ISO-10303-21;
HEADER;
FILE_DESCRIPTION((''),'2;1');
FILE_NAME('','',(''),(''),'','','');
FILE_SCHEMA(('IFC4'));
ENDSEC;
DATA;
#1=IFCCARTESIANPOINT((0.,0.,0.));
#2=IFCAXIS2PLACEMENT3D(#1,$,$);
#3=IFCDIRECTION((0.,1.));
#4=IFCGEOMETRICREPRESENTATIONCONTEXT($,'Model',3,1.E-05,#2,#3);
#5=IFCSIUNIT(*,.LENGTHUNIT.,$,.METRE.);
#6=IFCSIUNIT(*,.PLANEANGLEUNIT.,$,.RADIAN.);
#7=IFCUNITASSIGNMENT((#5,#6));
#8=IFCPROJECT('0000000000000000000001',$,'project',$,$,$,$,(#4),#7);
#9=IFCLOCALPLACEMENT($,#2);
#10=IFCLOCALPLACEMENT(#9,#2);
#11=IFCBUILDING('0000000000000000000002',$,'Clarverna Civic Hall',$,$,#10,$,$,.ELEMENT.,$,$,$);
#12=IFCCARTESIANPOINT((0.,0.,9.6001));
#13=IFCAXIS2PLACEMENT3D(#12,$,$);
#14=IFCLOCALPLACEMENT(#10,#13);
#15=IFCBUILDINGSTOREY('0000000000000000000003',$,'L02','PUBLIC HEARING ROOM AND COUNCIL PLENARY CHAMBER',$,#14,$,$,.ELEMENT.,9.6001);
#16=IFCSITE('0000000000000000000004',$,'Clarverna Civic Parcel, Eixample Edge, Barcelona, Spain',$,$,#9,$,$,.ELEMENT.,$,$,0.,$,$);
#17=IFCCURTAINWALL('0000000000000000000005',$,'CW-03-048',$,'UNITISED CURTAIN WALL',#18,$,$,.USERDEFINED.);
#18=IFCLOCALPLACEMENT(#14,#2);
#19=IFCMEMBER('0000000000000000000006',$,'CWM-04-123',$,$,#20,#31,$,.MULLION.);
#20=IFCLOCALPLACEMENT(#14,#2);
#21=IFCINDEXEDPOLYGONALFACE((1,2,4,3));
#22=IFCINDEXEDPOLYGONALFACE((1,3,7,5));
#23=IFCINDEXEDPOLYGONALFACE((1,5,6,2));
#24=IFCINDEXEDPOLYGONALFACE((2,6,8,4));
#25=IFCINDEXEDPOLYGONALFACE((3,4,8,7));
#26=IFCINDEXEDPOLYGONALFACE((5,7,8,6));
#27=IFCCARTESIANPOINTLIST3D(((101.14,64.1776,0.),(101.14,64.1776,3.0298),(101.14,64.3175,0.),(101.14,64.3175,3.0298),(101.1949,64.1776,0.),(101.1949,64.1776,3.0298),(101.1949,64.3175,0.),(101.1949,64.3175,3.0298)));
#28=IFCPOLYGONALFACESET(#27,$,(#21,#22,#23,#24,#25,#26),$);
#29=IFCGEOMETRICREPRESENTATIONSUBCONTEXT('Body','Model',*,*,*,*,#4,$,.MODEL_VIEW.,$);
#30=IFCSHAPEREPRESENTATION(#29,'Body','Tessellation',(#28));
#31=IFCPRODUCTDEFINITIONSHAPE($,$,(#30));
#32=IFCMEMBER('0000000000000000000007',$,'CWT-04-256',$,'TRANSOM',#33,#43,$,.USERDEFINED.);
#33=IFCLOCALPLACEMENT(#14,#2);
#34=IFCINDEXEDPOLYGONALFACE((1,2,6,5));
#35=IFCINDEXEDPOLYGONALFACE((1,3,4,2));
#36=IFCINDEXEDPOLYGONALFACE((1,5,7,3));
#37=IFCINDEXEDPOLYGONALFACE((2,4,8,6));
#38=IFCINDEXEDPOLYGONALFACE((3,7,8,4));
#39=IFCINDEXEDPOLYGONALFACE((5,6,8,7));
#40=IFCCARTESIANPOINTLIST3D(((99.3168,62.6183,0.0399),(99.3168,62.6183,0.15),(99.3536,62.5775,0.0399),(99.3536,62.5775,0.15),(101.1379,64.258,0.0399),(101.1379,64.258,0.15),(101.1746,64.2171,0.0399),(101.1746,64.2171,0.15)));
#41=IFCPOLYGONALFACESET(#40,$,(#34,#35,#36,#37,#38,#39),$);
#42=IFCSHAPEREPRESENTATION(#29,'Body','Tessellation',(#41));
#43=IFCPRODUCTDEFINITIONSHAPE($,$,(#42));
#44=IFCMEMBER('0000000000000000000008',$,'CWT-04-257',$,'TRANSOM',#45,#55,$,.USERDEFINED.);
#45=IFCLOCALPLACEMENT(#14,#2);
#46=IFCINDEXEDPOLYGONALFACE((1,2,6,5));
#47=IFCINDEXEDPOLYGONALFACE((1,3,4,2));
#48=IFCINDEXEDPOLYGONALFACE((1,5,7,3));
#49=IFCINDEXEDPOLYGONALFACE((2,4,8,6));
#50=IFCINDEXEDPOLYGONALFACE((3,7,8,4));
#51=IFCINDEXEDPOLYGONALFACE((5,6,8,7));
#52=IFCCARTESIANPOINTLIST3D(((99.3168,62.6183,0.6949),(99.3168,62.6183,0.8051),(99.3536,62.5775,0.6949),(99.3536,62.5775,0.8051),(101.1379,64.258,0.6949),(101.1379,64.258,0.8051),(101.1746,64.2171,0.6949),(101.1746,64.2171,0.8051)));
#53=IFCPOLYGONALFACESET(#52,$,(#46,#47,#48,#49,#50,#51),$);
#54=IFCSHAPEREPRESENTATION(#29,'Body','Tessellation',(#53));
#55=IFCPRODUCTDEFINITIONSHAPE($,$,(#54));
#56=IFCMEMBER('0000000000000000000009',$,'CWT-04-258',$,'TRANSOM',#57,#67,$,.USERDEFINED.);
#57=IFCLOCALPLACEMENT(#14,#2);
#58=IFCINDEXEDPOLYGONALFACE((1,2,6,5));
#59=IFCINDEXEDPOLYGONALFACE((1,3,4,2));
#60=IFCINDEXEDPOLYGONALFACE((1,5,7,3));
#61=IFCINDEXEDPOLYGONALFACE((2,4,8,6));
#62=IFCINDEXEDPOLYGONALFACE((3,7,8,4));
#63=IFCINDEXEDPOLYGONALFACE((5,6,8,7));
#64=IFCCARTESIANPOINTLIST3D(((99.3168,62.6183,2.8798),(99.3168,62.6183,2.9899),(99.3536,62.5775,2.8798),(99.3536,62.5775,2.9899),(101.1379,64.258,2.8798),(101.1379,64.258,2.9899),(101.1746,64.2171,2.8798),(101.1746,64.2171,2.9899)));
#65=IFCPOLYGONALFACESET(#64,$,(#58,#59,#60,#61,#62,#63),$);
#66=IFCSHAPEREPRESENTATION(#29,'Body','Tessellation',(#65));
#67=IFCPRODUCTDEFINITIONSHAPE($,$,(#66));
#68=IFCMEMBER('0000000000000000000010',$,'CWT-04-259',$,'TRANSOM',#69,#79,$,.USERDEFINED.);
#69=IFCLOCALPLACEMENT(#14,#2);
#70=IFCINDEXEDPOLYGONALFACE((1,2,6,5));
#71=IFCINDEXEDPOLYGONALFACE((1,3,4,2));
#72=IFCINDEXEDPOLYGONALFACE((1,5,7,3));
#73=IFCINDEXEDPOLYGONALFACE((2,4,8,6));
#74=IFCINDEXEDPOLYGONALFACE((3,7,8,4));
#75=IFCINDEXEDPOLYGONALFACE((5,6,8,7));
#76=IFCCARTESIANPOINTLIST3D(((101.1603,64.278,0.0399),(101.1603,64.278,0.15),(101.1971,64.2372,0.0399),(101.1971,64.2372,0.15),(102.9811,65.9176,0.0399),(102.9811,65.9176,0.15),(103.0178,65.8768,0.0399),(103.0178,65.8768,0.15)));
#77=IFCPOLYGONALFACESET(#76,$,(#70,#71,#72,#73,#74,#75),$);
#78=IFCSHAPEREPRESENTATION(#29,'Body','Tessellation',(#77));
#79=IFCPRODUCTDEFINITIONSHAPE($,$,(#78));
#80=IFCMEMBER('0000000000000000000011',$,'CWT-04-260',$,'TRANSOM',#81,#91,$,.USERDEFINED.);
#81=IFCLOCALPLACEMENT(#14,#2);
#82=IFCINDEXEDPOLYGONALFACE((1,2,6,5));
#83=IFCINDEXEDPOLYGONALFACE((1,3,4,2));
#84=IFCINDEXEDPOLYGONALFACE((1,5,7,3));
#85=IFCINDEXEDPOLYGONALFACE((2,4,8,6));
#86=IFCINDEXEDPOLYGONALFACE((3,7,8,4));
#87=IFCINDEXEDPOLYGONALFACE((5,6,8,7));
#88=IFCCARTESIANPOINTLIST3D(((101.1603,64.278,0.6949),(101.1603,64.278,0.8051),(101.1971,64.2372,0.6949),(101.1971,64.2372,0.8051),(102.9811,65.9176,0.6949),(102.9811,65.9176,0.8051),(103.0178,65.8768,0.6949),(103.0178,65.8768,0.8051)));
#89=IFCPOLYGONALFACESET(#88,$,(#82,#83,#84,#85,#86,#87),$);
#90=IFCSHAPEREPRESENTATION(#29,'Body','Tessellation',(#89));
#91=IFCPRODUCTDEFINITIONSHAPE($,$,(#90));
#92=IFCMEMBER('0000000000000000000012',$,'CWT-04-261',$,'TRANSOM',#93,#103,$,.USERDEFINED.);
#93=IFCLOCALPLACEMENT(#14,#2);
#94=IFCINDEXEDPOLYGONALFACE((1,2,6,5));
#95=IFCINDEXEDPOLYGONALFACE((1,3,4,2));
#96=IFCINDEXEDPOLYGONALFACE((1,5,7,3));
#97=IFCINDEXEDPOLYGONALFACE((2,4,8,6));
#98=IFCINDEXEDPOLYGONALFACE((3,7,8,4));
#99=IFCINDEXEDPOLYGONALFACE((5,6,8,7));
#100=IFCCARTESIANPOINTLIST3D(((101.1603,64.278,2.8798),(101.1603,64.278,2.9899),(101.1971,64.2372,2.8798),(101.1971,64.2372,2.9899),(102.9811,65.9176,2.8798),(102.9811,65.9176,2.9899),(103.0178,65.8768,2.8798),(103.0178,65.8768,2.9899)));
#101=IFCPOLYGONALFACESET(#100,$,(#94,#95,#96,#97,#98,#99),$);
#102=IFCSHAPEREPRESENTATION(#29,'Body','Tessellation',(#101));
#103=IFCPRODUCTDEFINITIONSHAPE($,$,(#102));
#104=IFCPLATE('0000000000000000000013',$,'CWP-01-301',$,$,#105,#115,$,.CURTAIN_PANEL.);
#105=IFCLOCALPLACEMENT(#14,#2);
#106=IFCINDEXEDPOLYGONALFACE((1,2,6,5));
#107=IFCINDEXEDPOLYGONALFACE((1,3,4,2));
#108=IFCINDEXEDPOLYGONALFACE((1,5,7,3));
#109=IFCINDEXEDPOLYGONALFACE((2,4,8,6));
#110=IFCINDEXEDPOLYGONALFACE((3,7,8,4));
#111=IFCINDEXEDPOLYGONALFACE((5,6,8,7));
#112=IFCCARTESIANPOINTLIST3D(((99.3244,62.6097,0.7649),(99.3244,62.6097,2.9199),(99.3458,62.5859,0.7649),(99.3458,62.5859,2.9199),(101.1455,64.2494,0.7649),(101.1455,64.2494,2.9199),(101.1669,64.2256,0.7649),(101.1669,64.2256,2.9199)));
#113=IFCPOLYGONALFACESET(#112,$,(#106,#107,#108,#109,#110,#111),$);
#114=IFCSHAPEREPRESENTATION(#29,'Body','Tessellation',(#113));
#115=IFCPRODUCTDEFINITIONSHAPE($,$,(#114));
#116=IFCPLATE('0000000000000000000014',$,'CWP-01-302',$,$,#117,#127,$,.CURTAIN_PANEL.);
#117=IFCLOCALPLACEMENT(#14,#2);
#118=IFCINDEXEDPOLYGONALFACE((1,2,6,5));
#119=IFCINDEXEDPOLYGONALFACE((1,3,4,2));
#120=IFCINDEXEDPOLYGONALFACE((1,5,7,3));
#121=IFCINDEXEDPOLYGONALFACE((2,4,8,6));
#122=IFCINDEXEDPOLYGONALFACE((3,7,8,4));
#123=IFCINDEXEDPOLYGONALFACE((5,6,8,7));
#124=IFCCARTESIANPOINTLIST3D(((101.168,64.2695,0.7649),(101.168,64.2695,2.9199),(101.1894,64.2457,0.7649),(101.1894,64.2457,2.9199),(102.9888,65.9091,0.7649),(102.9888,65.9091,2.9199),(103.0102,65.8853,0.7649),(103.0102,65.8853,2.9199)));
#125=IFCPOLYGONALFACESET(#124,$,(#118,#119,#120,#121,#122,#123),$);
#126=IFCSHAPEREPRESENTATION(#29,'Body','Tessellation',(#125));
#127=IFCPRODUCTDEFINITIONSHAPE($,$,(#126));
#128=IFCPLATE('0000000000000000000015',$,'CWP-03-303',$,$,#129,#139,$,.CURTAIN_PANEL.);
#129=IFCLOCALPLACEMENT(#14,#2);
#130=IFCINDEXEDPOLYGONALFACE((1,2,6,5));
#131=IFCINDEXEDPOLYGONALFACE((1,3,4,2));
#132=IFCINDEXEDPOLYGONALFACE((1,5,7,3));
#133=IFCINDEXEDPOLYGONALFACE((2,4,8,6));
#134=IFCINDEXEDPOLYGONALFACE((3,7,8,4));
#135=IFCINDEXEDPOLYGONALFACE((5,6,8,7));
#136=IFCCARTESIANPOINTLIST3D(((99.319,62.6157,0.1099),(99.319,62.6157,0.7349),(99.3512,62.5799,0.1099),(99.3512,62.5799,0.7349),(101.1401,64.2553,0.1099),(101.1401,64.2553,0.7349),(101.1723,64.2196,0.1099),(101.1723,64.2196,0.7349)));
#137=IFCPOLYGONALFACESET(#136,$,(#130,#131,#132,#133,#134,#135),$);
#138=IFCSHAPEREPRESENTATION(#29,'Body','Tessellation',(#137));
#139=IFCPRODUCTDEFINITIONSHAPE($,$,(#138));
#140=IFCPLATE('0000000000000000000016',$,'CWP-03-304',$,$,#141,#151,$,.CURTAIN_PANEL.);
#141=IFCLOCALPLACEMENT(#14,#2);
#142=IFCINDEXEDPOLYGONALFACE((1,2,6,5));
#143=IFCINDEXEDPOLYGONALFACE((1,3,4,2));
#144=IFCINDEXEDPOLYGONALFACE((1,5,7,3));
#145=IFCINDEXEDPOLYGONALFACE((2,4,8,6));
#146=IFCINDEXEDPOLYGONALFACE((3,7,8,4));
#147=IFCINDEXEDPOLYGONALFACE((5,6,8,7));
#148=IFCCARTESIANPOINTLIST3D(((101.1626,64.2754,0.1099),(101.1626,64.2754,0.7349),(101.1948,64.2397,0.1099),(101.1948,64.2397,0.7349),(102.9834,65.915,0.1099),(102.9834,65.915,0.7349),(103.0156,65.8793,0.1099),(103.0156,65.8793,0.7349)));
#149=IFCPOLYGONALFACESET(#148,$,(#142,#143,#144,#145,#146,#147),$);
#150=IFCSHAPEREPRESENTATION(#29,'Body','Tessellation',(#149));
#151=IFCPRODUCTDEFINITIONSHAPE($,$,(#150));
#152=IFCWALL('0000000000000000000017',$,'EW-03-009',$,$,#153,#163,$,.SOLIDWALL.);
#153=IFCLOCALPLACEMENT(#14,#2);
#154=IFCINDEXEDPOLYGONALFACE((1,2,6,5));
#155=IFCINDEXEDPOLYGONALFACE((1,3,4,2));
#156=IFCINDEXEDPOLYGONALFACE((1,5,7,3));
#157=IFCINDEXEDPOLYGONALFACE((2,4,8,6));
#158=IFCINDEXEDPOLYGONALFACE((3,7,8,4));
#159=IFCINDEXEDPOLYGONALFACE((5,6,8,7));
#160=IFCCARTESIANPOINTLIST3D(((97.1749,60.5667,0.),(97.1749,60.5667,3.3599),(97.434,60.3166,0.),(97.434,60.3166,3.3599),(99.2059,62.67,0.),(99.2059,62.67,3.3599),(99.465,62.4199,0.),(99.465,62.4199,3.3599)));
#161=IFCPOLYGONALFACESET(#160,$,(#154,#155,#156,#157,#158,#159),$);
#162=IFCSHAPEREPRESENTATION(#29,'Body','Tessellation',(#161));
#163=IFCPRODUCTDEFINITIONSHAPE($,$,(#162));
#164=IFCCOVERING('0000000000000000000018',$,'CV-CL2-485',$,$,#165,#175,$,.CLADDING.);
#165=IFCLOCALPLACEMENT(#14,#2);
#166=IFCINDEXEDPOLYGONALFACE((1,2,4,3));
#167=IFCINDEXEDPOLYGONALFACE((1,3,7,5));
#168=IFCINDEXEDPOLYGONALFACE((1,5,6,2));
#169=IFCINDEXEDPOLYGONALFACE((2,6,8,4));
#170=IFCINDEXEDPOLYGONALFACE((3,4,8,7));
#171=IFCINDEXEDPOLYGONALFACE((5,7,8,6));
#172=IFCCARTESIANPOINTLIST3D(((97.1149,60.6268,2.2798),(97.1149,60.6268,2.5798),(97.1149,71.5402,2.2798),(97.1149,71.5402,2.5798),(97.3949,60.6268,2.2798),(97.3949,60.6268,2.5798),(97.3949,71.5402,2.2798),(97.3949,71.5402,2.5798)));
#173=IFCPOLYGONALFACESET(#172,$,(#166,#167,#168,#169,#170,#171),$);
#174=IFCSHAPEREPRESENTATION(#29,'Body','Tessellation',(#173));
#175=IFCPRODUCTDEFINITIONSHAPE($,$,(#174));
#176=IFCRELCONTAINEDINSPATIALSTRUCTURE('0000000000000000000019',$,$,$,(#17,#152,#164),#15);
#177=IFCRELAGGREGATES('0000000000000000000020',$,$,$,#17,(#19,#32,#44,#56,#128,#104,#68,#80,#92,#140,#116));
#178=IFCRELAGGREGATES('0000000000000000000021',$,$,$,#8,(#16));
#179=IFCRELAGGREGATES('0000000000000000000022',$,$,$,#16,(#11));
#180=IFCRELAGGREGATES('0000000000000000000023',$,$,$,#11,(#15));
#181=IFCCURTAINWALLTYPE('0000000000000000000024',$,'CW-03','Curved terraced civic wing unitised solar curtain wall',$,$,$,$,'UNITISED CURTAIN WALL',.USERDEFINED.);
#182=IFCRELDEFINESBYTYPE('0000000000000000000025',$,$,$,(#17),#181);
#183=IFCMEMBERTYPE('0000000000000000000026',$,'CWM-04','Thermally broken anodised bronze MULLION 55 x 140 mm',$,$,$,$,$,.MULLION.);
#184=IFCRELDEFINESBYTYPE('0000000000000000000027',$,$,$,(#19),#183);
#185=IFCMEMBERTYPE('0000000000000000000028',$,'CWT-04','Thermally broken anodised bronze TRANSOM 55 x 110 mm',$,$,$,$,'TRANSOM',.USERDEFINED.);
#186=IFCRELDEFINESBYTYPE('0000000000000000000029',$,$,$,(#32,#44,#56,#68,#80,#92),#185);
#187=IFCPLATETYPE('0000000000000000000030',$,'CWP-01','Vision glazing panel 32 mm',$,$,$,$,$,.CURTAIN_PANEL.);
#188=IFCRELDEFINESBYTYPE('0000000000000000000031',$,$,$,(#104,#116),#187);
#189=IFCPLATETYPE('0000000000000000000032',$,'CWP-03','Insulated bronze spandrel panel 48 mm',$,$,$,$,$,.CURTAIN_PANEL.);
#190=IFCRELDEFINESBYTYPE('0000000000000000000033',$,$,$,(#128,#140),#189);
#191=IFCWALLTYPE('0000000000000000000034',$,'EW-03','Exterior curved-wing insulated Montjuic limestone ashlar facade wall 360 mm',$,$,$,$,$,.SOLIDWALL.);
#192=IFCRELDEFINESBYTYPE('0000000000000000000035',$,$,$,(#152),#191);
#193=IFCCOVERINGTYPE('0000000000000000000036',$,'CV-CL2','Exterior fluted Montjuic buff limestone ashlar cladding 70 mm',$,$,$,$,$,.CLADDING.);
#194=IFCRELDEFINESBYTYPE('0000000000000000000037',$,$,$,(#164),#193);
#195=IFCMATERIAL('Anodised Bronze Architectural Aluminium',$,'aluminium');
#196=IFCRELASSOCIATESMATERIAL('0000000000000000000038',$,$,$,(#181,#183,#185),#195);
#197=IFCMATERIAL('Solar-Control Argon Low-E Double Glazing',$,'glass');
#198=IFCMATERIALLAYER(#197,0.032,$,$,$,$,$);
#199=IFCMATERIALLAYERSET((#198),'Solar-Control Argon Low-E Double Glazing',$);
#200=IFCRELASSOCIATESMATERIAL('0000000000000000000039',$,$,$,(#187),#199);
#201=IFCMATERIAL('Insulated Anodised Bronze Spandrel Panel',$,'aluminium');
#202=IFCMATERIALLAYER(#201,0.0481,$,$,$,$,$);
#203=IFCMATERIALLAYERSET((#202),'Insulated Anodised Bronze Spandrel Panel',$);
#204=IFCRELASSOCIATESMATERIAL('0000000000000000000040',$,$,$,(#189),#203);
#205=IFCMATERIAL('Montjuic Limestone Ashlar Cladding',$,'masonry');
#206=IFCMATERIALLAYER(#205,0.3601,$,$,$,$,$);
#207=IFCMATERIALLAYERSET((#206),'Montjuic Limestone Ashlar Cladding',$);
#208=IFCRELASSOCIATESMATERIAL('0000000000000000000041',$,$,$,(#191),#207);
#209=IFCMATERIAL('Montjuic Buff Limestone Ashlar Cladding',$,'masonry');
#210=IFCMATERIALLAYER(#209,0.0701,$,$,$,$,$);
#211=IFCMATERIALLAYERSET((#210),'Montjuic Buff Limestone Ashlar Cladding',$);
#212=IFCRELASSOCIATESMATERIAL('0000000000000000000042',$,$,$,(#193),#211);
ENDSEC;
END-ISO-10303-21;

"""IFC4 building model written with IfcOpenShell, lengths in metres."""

from ifc_helpers import new_model, si_unit, direction, frame, frame_2d, origin, origin_2d, place, context, subcontext, project, spatial, rectangle, extrude, material, layer, layer_set, material_profile, profile_set, type_object, element, aggregate, save


model = new_model("IFC4")

# Units and contexts
model_context = context("Model", 3, precision=1e-05, world=origin(), true_north=direction((0.0, 1.0)))
body_context = subcontext(model_context, "Body", "Model", "MODEL_VIEW")
ifc_project = project(units=[si_unit("LENGTHUNIT", "METRE"), si_unit("PLANEANGLEUNIT", "RADIAN")], contexts=[model_context])

# Site, building, storey
site_placement = place(None, origin())
site = spatial("IfcSite", under=ifc_project, at=site_placement, Name="Clarverna Civic Parcel, Eixample Edge, Barcelona, Spain", CompositionType="ELEMENT", RefElevation=0.0)
building_placement = place(site_placement, origin())
building = spatial("IfcBuilding", under=site, at=building_placement, Name="Clarverna Civic Hall", CompositionType="ELEMENT")
storey_placement = place(building_placement, frame((0.0, 0.0, 9.6001)))
storey = spatial("IfcBuildingStorey", under=building, at=storey_placement, Name="L02", Description="PUBLIC HEARING ROOM AND COUNCIL PLENARY CHAMBER", CompositionType="ELEMENT", Elevation=9.6001)

# Curtain wall, members, plates
ifc_material_1 = material(Name="Anodised Bronze Architectural Aluminium", Category="aluminium")
curtain_wall_type = type_object("IfcCurtainWallType", Name="CW-03", Description="Curved terraced civic wing unitised solar curtain wall", ElementType="UNITISED CURTAIN WALL", PredefinedType="USERDEFINED", material=ifc_material_1)
curtain_wall_placement = place(storey_placement, origin())
curtain_wall = element("IfcCurtainWall", 1, at=curtain_wall_placement, inside=storey, type_object=curtain_wall_type, Name="CW-03-048", ObjectType="UNITISED CURTAIN WALL", PredefinedType="USERDEFINED")
ifc_material_profile_1 = material_profile(ifc_material_1, rectangle(XDim=0.0549, YDim=0.1399, at=origin_2d()), Name="BRONZE 55x140")
ifc_profile_set_1 = profile_set([ifc_material_profile_1], Name="Anodised Bronze Architectural Aluminium")
member_type_1 = type_object("IfcMemberType", Name="CWM-04", Description="Thermally broken anodised bronze MULLION 55 x 140 mm", PredefinedType="MULLION", material=ifc_profile_set_1)
member_1_placement = place(storey_placement, frame((101.1675, 64.2476, 0.0), z_axis=(0.0, 0.0, 1.0), x_axis=(1.0, 0.0, 0.0)))
member_1 = element("IfcMember", 2, at=member_1_placement, type_object=member_type_1, Name="CWM-04-123", PredefinedType="MULLION", context=body_context, shape_type="SweptSolid", body=[
    extrude(rectangle(XDim=0.0549, YDim=0.1399, at=origin_2d()), origin(), (0.0, 0.0, 1.0), 3.0298),
])
ifc_material_profile_2 = material_profile(ifc_material_1, rectangle(XDim=0.0549, YDim=0.1101, at=origin_2d()), Name="BRONZE 55x110")
ifc_profile_set_2 = profile_set([ifc_material_profile_2], Name="Anodised Bronze Architectural Aluminium")
member_type_2 = type_object("IfcMemberType", Name="CWT-04", Description="Thermally broken anodised bronze TRANSOM 55 x 110 mm", ElementType="TRANSOM", PredefinedType="USERDEFINED", material=ifc_profile_set_2)
member_2_placement = place(storey_placement, frame((99.3352, 62.5979, 0.095), z_axis=(0.74315, 0.669124, 0.0), x_axis=(-0.669124, 0.74315, 0.0)))
member_2 = element("IfcMember", 3, at=member_2_placement, type_object=member_type_2, Name="CWT-04-256", ObjectType="TRANSOM", PredefinedType="USERDEFINED", context=body_context, shape_type="SweptSolid", body=[
    extrude(rectangle(XDim=0.0549, YDim=0.1101, at=origin_2d()), origin(), (0.0, 0.0, 1.0), 2.4504),
])
member_3_placement = place(storey_placement, frame((99.3352, 62.5979, 0.75), z_axis=(0.74315, 0.669124, 0.0), x_axis=(-0.669124, 0.74315, 0.0)))
member_3 = element("IfcMember", 4, at=member_3_placement, type_object=member_type_2, Name="CWT-04-257", ObjectType="TRANSOM", PredefinedType="USERDEFINED", context=body_context, shape_type="SweptSolid", body=[
    extrude(rectangle(XDim=0.0549, YDim=0.1101, at=origin_2d()), origin(), (0.0, 0.0, 1.0), 2.4504),
])
member_4_placement = place(storey_placement, frame((99.3352, 62.5979, 2.9348), z_axis=(0.74315, 0.669124, 0.0), x_axis=(-0.669124, 0.74315, 0.0)))
member_4 = element("IfcMember", 5, at=member_4_placement, type_object=member_type_2, Name="CWT-04-258", ObjectType="TRANSOM", PredefinedType="USERDEFINED", context=body_context, shape_type="SweptSolid", body=[
    extrude(rectangle(XDim=0.0549, YDim=0.1101, at=origin_2d()), origin(), (0.0, 0.0, 1.0), 2.4504),
])
member_5_placement = place(storey_placement, frame((101.1787, 64.2576, 0.095), z_axis=(0.743106, 0.669174, 0.0), x_axis=(-0.669174, 0.743106, 0.0)))
member_5 = element("IfcMember", 6, at=member_5_placement, type_object=member_type_2, Name="CWT-04-259", ObjectType="TRANSOM", PredefinedType="USERDEFINED", context=body_context, shape_type="SweptSolid", body=[
    extrude(rectangle(XDim=0.0549, YDim=0.1101, at=origin_2d()), origin(), (0.0, 0.0, 1.0), 2.4502),
])
member_6_placement = place(storey_placement, frame((101.1787, 64.2576, 0.75), z_axis=(0.743106, 0.669174, 0.0), x_axis=(-0.669174, 0.743106, 0.0)))
member_6 = element("IfcMember", 7, at=member_6_placement, type_object=member_type_2, Name="CWT-04-260", ObjectType="TRANSOM", PredefinedType="USERDEFINED", context=body_context, shape_type="SweptSolid", body=[
    extrude(rectangle(XDim=0.0549, YDim=0.1101, at=origin_2d()), origin(), (0.0, 0.0, 1.0), 2.4502),
])
member_7_placement = place(storey_placement, frame((101.1787, 64.2576, 2.9348), z_axis=(0.743106, 0.669174, 0.0), x_axis=(-0.669174, 0.743106, 0.0)))
member_7 = element("IfcMember", 8, at=member_7_placement, type_object=member_type_2, Name="CWT-04-261", ObjectType="TRANSOM", PredefinedType="USERDEFINED", context=body_context, shape_type="SweptSolid", body=[
    extrude(rectangle(XDim=0.0549, YDim=0.1101, at=origin_2d()), origin(), (0.0, 0.0, 1.0), 2.4502),
])
ifc_material_2 = material(Name="Solar-Control Argon Low-E Double Glazing", Category="glass")
ifc_layer_1 = layer(ifc_material_2, 0.032)
ifc_layer_set_1 = layer_set([ifc_layer_1], Name="Solar-Control Argon Low-E Double Glazing")
plate_type_1 = type_object("IfcPlateType", Name="CWP-01", Description="Vision glazing panel 32 mm", PredefinedType="CURTAIN_PANEL", material=ifc_layer_set_1)
plate_1_placement = place(storey_placement, frame((99.3352, 62.5979, 0.7649), z_axis=(0.0, 0.0, 1.0), x_axis=(0.74315, 0.669124, 0.0)))
plate_1 = element("IfcPlate", 9, at=plate_1_placement, type_object=plate_type_1, Name="CWP-01-301", PredefinedType="CURTAIN_PANEL", context=body_context, shape_type="SweptSolid", body=[
    extrude(rectangle(XDim=2.4504, YDim=0.032, at=frame_2d((1.2251, 0.0))), origin(), (0.0, 0.0, 1.0), 2.155),
])
plate_2_placement = place(storey_placement, frame((101.1787, 64.2576, 0.7649), z_axis=(0.0, 0.0, 1.0), x_axis=(0.743106, 0.669174, 0.0)))
plate_2 = element("IfcPlate", 10, at=plate_2_placement, type_object=plate_type_1, Name="CWP-01-302", PredefinedType="CURTAIN_PANEL", context=body_context, shape_type="SweptSolid", body=[
    extrude(rectangle(XDim=2.4502, YDim=0.032, at=frame_2d((1.2251, 0.0))), origin(), (0.0, 0.0, 1.0), 2.155),
])
ifc_material_3 = material(Name="Insulated Anodised Bronze Spandrel Panel", Category="aluminium")
ifc_layer_2 = layer(ifc_material_3, 0.0481)
ifc_layer_set_2 = layer_set([ifc_layer_2], Name="Insulated Anodised Bronze Spandrel Panel")
plate_type_2 = type_object("IfcPlateType", Name="CWP-03", Description="Insulated bronze spandrel panel 48 mm", PredefinedType="CURTAIN_PANEL", material=ifc_layer_set_2)
plate_3_placement = place(storey_placement, frame((99.3352, 62.5979, 0.1099), z_axis=(0.0, 0.0, 1.0), x_axis=(0.74315, 0.669124, 0.0)))
plate_3 = element("IfcPlate", 11, at=plate_3_placement, type_object=plate_type_2, Name="CWP-03-303", PredefinedType="CURTAIN_PANEL", context=body_context, shape_type="SweptSolid", body=[
    extrude(rectangle(XDim=2.4504, YDim=0.0481, at=frame_2d((1.2251, 0.0))), origin(), (0.0, 0.0, 1.0), 0.625),
])
plate_4_placement = place(storey_placement, frame((101.1787, 64.2576, 0.1099), z_axis=(0.0, 0.0, 1.0), x_axis=(0.743106, 0.669174, 0.0)))
plate_4 = element("IfcPlate", 12, at=plate_4_placement, type_object=plate_type_2, Name="CWP-03-304", PredefinedType="CURTAIN_PANEL", context=body_context, shape_type="SweptSolid", body=[
    extrude(rectangle(XDim=2.4502, YDim=0.0481, at=frame_2d((1.2251, 0.0))), origin(), (0.0, 0.0, 1.0), 0.625),
])
aggregate(curtain_wall, [member_1, member_2, member_3, member_4, plate_3, plate_1, member_5, member_6, member_7, plate_4, plate_2])

# Wall
ifc_material_4 = material(Name="Montjuic Limestone Ashlar Cladding", Category="masonry")
ifc_layer_3 = layer(ifc_material_4, 0.3601)
ifc_layer_set_3 = layer_set([ifc_layer_3], Name="Montjuic Limestone Ashlar Cladding")
wall_type = type_object("IfcWallType", Name="EW-03", Description="Exterior curved-wing insulated Montjuic limestone ashlar facade wall 360 mm", PredefinedType="SOLIDWALL", material=ifc_layer_set_3)
wall_placement = place(storey_placement, frame((97.3044, 60.4417, 0.0), z_axis=(0.0, 0.0, 1.0), x_axis=(0.694641, 0.719357, 0.0)))
element("IfcWall", 13, at=wall_placement, inside=storey, type_object=wall_type, Name="EW-03-009", PredefinedType="SOLIDWALL", context=body_context, shape_type="SweptSolid", body=[
    extrude(rectangle(XDim=2.9238, YDim=0.3601, at=frame_2d((1.4619, 0.0))), origin(), (0.0, 0.0, 1.0), 3.3599),
])

# Covering
ifc_material_5 = material(Name="Montjuic Buff Limestone Ashlar Cladding", Category="masonry")
ifc_layer_4 = layer(ifc_material_5, 0.0701)
ifc_layer_set_4 = layer_set([ifc_layer_4], Name="Montjuic Buff Limestone Ashlar Cladding")
covering_type = type_object("IfcCoveringType", Name="CV-CL2", Description="Exterior fluted Montjuic buff limestone ashlar cladding 70 mm", PredefinedType="CLADDING", material=ifc_layer_set_4)
covering_placement = place(storey_placement, frame((97.2549, 71.54, 2.2798), z_axis=(0.0, 0.0, 1.0), x_axis=(0.0, -1.0, 0.0)))
element("IfcCovering", 14, at=covering_placement, inside=storey, type_object=covering_type, Name="CV-CL2-485", PredefinedType="CLADDING", context=body_context, shape_type="SweptSolid", body=[
    extrude(rectangle(XDim=10.9133, YDim=0.28, at=frame_2d((5.4565, 0.0))), origin(), (0.0, 0.0, 1.0), 0.3),
])

save(model, "model.ifc")
